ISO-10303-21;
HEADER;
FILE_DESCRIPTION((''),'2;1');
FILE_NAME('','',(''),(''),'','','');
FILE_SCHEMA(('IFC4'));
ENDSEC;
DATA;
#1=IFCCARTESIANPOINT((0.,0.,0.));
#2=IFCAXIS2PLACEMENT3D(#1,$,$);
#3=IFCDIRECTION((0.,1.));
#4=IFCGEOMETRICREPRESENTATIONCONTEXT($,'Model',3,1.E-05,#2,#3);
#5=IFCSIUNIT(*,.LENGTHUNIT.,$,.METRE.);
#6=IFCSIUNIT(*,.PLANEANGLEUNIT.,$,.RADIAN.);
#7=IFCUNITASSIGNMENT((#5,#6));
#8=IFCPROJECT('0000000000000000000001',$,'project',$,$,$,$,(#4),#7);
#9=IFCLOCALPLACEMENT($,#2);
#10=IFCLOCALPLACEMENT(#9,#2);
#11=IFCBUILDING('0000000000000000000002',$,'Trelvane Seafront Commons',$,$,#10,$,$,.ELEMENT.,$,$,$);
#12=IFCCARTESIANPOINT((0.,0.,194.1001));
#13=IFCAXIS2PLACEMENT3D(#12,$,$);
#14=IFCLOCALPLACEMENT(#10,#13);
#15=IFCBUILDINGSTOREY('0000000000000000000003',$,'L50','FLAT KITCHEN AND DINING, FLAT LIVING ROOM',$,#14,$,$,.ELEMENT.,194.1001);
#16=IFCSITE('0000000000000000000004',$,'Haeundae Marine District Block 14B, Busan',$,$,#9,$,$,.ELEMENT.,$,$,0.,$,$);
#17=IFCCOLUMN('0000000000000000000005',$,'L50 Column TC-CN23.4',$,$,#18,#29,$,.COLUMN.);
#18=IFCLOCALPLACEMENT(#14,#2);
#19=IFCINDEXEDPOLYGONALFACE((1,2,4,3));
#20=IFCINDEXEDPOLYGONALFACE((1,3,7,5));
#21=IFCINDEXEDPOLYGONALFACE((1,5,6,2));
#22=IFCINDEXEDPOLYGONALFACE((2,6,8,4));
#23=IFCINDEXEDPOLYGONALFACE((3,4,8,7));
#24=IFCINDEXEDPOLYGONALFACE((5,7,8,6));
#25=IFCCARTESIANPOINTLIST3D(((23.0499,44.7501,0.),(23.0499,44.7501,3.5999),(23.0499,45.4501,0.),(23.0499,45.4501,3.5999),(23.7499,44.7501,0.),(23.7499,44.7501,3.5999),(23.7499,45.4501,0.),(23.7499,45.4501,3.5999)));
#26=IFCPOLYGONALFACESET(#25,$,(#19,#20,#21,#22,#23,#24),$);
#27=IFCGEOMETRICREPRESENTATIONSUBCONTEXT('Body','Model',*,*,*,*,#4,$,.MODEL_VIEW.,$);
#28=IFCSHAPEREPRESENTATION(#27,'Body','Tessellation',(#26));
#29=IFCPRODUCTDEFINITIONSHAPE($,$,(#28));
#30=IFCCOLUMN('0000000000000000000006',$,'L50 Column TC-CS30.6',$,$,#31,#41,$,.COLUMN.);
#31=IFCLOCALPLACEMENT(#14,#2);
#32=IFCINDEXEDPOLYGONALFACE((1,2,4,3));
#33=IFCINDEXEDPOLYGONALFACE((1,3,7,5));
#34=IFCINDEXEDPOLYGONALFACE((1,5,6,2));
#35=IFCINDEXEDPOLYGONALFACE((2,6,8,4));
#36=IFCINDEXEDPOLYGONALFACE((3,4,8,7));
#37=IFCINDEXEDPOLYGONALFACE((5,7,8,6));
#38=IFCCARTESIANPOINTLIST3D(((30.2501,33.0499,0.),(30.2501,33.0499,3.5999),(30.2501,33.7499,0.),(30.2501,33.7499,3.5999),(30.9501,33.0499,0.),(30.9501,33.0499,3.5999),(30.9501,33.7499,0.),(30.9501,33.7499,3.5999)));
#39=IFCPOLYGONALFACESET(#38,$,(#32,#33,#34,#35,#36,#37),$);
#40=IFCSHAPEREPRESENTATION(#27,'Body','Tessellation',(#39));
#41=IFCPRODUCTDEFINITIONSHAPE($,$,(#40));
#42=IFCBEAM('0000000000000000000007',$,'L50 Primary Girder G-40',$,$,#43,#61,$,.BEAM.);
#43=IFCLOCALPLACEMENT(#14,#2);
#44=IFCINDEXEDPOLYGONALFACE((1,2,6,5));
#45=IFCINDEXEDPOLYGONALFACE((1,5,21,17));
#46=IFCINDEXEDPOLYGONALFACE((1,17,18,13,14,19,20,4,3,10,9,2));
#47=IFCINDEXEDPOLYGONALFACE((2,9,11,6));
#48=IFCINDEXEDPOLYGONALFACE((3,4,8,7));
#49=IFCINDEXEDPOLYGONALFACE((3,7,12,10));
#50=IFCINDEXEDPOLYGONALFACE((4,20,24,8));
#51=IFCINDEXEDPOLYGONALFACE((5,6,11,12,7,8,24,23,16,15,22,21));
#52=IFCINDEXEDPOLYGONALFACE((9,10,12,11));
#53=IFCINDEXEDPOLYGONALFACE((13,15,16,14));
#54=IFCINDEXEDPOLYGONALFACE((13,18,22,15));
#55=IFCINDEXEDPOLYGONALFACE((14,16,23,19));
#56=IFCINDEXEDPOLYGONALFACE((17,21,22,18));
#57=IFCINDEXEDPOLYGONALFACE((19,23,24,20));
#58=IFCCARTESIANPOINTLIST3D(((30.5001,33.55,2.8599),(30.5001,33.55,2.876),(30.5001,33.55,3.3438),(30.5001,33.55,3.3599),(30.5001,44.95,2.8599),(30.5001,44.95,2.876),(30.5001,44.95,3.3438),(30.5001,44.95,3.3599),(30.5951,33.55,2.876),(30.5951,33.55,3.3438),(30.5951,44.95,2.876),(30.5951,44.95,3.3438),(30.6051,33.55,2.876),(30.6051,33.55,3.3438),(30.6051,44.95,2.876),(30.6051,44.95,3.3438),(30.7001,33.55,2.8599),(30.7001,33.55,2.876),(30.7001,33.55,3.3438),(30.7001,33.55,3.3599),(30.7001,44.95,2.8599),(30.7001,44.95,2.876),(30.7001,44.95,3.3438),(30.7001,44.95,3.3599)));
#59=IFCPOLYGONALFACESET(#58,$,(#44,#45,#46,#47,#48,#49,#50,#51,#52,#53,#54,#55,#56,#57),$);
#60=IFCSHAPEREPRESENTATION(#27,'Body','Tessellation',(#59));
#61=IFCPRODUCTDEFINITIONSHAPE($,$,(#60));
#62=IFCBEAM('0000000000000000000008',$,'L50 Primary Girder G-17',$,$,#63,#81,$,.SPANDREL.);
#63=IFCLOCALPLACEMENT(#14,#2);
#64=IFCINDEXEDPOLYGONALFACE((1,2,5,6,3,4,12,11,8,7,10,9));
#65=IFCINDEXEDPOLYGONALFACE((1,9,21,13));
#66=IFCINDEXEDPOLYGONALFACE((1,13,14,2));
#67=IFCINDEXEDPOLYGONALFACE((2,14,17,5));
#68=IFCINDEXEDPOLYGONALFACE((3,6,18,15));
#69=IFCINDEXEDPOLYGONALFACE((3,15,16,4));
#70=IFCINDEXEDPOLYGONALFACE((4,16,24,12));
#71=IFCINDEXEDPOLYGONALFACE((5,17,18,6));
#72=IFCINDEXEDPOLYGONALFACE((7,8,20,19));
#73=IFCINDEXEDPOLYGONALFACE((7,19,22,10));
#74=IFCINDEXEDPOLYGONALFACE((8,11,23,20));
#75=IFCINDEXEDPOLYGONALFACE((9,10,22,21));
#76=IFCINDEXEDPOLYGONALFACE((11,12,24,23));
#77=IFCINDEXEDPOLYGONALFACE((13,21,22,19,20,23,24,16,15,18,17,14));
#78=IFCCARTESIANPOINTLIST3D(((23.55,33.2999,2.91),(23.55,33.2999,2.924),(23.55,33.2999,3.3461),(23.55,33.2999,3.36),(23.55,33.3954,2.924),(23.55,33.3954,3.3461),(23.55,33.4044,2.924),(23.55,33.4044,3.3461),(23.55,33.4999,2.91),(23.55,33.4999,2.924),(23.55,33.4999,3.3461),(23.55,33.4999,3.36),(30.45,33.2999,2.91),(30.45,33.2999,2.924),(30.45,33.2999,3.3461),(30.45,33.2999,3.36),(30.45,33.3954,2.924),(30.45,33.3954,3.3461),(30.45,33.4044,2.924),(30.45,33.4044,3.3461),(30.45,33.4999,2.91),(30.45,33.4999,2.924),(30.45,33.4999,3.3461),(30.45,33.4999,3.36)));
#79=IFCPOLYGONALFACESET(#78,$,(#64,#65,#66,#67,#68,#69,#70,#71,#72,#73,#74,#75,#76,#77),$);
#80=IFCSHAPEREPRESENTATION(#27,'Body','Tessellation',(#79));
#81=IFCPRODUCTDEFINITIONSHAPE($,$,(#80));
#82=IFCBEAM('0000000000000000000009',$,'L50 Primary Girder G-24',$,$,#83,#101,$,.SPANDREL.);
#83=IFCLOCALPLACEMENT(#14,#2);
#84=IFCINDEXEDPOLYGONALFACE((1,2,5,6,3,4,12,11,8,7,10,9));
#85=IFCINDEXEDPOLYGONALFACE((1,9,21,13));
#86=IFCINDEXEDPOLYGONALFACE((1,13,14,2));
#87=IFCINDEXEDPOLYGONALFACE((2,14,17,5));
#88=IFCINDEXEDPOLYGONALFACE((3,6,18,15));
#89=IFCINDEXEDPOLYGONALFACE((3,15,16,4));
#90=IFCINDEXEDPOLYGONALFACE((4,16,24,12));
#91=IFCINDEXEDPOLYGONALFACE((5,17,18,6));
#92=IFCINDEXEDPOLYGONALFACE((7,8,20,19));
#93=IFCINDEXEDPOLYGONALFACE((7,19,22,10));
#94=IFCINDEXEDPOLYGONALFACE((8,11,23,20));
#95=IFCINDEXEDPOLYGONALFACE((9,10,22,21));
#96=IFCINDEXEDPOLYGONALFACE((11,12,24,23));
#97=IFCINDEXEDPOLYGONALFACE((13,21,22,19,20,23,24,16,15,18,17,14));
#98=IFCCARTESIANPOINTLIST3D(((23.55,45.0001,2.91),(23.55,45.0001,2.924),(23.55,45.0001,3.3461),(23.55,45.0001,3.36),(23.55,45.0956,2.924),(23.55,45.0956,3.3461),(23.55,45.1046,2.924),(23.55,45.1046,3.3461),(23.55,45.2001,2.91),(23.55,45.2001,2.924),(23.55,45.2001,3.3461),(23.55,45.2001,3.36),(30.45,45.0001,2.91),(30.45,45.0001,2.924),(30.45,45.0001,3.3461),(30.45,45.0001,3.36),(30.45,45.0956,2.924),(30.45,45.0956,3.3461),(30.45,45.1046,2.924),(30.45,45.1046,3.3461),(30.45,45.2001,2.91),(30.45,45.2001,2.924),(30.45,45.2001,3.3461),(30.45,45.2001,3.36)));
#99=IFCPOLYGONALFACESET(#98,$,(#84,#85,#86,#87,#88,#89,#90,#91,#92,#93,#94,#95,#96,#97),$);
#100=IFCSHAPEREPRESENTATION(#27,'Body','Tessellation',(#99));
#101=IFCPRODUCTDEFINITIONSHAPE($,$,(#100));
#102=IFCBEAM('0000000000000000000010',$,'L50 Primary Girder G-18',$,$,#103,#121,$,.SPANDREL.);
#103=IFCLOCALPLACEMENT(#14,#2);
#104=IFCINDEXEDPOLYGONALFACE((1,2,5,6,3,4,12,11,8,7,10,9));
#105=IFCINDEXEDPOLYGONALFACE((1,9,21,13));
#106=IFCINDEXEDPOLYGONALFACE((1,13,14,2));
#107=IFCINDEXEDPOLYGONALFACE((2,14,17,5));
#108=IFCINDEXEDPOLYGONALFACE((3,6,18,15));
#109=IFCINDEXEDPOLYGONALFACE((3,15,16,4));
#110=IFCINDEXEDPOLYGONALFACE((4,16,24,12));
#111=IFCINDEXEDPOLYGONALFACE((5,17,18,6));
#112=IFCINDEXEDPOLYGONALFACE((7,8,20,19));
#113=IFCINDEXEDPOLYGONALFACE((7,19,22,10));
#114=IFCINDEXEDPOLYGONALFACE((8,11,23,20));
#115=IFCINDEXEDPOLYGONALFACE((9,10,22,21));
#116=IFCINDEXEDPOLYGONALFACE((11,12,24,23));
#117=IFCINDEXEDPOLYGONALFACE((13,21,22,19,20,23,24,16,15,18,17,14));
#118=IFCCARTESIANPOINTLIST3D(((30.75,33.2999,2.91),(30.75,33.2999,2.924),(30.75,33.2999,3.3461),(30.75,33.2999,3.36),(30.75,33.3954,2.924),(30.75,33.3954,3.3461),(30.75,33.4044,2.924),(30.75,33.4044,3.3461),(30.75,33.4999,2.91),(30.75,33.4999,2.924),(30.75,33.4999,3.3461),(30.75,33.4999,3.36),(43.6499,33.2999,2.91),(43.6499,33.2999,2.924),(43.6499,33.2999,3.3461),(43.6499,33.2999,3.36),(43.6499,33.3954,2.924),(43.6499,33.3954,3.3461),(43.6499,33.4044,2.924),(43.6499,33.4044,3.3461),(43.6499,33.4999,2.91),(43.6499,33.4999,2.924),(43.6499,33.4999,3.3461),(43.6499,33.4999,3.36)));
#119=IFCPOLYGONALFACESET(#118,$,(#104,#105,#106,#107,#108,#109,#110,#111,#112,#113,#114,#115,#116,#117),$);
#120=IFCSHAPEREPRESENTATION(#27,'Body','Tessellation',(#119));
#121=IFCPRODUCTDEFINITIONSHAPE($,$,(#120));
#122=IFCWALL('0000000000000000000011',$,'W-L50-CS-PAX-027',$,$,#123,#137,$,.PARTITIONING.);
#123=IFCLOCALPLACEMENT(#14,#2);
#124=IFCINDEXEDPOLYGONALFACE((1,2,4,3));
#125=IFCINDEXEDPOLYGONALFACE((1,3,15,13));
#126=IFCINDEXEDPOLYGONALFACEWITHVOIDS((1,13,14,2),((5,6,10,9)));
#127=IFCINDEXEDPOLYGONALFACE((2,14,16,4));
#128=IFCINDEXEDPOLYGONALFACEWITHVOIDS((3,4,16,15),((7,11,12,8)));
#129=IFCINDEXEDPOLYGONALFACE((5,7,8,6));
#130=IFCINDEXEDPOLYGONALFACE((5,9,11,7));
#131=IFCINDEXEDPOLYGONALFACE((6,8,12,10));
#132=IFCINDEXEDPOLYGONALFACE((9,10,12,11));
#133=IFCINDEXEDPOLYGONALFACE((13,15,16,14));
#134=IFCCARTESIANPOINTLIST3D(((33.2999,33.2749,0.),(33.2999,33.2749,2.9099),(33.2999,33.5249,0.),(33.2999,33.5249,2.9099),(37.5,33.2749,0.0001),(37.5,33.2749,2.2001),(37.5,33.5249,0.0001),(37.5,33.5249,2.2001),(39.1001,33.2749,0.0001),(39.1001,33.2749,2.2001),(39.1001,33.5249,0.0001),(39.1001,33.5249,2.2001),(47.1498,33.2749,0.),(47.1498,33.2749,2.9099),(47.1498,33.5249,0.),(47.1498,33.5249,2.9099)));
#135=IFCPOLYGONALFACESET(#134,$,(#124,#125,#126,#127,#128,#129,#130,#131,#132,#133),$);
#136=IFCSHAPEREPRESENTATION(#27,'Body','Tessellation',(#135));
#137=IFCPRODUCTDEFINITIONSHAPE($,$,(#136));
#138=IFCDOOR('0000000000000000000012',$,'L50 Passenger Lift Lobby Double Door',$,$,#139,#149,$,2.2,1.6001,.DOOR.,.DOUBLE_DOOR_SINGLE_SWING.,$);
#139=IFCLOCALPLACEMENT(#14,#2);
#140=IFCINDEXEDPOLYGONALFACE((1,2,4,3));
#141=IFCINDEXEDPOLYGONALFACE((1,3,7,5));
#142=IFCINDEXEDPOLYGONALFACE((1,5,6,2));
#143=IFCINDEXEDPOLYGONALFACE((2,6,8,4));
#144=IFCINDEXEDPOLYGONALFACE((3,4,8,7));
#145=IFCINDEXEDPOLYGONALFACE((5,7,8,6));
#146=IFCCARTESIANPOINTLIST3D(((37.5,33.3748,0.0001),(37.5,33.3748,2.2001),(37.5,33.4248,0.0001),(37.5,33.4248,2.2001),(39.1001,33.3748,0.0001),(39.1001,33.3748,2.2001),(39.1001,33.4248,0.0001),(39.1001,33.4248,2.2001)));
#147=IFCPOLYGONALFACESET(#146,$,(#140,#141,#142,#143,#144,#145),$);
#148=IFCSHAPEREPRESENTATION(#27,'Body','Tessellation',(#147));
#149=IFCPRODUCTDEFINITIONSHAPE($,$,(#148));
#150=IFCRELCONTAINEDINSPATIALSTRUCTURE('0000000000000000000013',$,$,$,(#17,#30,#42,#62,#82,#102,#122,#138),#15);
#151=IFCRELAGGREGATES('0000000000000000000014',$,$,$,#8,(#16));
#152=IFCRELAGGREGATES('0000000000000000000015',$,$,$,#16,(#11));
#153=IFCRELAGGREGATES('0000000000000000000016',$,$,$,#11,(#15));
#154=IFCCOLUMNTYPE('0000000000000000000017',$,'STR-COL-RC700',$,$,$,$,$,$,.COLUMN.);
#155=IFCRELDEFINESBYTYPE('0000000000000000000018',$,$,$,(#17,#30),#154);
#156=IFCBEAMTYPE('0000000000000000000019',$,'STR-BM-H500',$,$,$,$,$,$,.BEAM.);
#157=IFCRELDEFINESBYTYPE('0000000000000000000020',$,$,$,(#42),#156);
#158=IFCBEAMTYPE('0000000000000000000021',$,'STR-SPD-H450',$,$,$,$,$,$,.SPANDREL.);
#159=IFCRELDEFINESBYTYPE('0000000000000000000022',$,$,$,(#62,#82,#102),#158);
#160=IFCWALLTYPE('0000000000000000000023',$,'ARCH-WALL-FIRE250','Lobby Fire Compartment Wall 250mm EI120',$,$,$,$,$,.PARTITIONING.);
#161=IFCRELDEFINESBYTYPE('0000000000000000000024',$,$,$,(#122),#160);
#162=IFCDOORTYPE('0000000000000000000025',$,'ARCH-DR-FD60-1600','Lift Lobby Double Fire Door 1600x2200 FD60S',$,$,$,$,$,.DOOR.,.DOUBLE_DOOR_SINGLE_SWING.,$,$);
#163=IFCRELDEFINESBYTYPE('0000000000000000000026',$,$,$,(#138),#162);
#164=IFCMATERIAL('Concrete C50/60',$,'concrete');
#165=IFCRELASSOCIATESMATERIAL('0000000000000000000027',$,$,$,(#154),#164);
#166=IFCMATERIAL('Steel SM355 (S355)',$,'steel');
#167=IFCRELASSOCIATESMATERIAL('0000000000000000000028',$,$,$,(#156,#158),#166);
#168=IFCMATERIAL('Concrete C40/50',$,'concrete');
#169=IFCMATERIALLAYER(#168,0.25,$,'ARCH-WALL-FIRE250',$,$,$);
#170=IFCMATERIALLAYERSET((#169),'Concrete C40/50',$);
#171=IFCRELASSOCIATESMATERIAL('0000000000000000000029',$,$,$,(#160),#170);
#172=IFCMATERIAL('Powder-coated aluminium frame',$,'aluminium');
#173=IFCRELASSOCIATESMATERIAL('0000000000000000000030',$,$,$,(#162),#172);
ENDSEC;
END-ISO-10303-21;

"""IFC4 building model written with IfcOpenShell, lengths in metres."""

from ifc_helpers import new_model, si_unit, direction, frame, frame_2d, origin, origin_2d, place, context, subcontext, project, spatial, rectangle, i_section, extrude, source, transform, mapped, material, layer, layer_set, material_profile, profile_set, type_object, element, fill, save


model = new_model("IFC4")

# Units and contexts
model_context = context("Model", 3, precision=1e-05, world=origin(), true_north=direction((0.0, 1.0)))
body_context = subcontext(model_context, "Body", "Model", "MODEL_VIEW")
ifc_project = project(units=[si_unit("LENGTHUNIT", "METRE"), si_unit("PLANEANGLEUNIT", "RADIAN")], contexts=[model_context])

# Site, building, storey
site_placement = place(None, origin())
site = spatial("IfcSite", under=ifc_project, at=site_placement, Name="Haeundae Marine District Block 14B, Busan", CompositionType="ELEMENT", RefElevation=0.0)
building_placement = place(site_placement, origin())
building = spatial("IfcBuilding", under=site, at=building_placement, Name="Trelvane Seafront Commons", CompositionType="ELEMENT")
storey_placement = place(building_placement, frame((0.0, 0.0, 194.1001)))
storey = spatial("IfcBuildingStorey", under=building, at=storey_placement, Name="L50", Description="FLAT KITCHEN AND DINING, FLAT LIVING ROOM", CompositionType="ELEMENT", Elevation=194.1001)

# Columns
ifc_material_1 = material(Name="Concrete C50/60", Category="concrete")
ifc_material_profile_1 = material_profile(ifc_material_1, rectangle(XDim=0.7, YDim=0.7, at=origin_2d()), Name="RC-700x700")
ifc_profile_set_1 = profile_set([ifc_material_profile_1], Name="Concrete C50/60")
column_type = type_object("IfcColumnType", Name="STR-COL-RC700", PredefinedType="COLUMN", material=ifc_profile_set_1)
shared_shape_1 = source(origin(), body_context, "Body", "SweptSolid", [
    extrude(rectangle(XDim=0.7, YDim=0.7, at=origin_2d()), origin(), (0.0, 0.0, 1.0), 3.5999),
])
for number, where, z_axis, x_axis, name in (
    (1, (23.3999, 45.1001, 0.0), (0.0, 0.0, 1.0), (1.0, 0.0, 0.0), "L50 Column TC-CN23.4"),
    (2, (30.6001, 33.3999, 0.0), (0.0, 0.0, 1.0), (1.0, 0.0, 0.0), "L50 Column TC-CS30.6"),
):
    element("IfcColumn", number, at=place(storey_placement, frame(where, z_axis=z_axis, x_axis=x_axis)), inside=storey, type_object=column_type, Name=name, PredefinedType="COLUMN", context=body_context, shape_type="MappedRepresentation", body=[
        mapped(shared_shape_1, transform((0.0, 0.0, 0.0), x_axis=(1.0, 0.0, 0.0), y_axis=(0.0, 1.0, 0.0), z_axis=(0.0, 0.0, 1.0), scale=1.0)),
    ])

# Beams
ifc_material_2 = material(Name="Steel SM355 (S355)", Category="steel")
ifc_material_profile_2 = material_profile(ifc_material_2, i_section(OverallWidth=0.2, OverallDepth=0.5, WebThickness=0.01, FlangeThickness=0.0161, at=origin_2d()), Name="H-500x200x10x16")
ifc_profile_set_2 = profile_set([ifc_material_profile_2], Name="Steel SM355 (S355)")
beam_type_1 = type_object("IfcBeamType", Name="STR-BM-H500", PredefinedType="BEAM", material=ifc_profile_set_2)
shared_shape_2 = source(origin(), body_context, "Body", "SweptSolid", [
    extrude(i_section(OverallWidth=0.2, OverallDepth=0.5, WebThickness=0.01, FlangeThickness=0.0161, at=origin_2d()), origin(), (0.0, 0.0, 1.0), 11.3999),
])
beam_1_placement = place(storey_placement, frame((30.6001, 33.55, 3.1099), z_axis=(0.0, 1.0, 0.0), x_axis=(-1.0, 0.0, 0.0)))
element("IfcBeam", 3, at=beam_1_placement, inside=storey, type_object=beam_type_1, Name="L50 Primary Girder G-40", PredefinedType="BEAM", context=body_context, shape_type="MappedRepresentation", body=[
    mapped(shared_shape_2, transform((0.0, 0.0, 0.0), x_axis=(1.0, 0.0, 0.0), y_axis=(0.0, 1.0, 0.0), z_axis=(0.0, 0.0, 1.0), scale=1.0)),
])
ifc_material_profile_3 = material_profile(ifc_material_2, i_section(OverallWidth=0.2, OverallDepth=0.45, WebThickness=0.009, FlangeThickness=0.0139, at=origin_2d()), Name="H-450x200x9x14")
ifc_profile_set_3 = profile_set([ifc_material_profile_3], Name="Steel SM355 (S355)")
beam_type_2 = type_object("IfcBeamType", Name="STR-SPD-H450", PredefinedType="SPANDREL", material=ifc_profile_set_3)
shared_shape_3 = source(origin(), body_context, "Body", "SweptSolid", [
    extrude(i_section(OverallWidth=0.2, OverallDepth=0.45, WebThickness=0.009, FlangeThickness=0.0139, at=origin_2d()), origin(), (0.0, 0.0, 1.0), 6.8999),
])
for number, where, z_axis, x_axis, name in (
    (4, (23.55, 33.3999, 3.135), (1.0, 0.0, 0.0), (0.0, 1.0, 0.0), "L50 Primary Girder G-17"),
    (5, (23.55, 45.1001, 3.135), (1.0, 0.0, 0.0), (0.0, 1.0, 0.0), "L50 Primary Girder G-24"),
):
    element("IfcBeam", number, at=place(storey_placement, frame(where, z_axis=z_axis, x_axis=x_axis)), inside=storey, type_object=beam_type_2, Name=name, PredefinedType="SPANDREL", context=body_context, shape_type="MappedRepresentation", body=[
        mapped(shared_shape_3, transform((0.0, 0.0, 0.0), x_axis=(1.0, 0.0, 0.0), y_axis=(0.0, 1.0, 0.0), z_axis=(0.0, 0.0, 1.0), scale=1.0)),
    ])
shared_shape_4 = source(origin(), body_context, "Body", "SweptSolid", [
    extrude(i_section(OverallWidth=0.2, OverallDepth=0.45, WebThickness=0.009, FlangeThickness=0.0139, at=origin_2d()), origin(), (0.0, 0.0, 1.0), 12.8999),
])
beam_2_placement = place(storey_placement, frame((30.75, 33.3999, 3.135), z_axis=(1.0, 0.0, 0.0), x_axis=(0.0, 1.0, 0.0)))
element("IfcBeam", 6, at=beam_2_placement, inside=storey, type_object=beam_type_2, Name="L50 Primary Girder G-18", PredefinedType="SPANDREL", context=body_context, shape_type="MappedRepresentation", body=[
    mapped(shared_shape_4, transform((0.0, 0.0, 0.0), x_axis=(1.0, 0.0, 0.0), y_axis=(0.0, 1.0, 0.0), z_axis=(0.0, 0.0, 1.0), scale=1.0)),
])

# Wall, opening, door
ifc_material_3 = material(Name="Concrete C40/50", Category="concrete")
ifc_layer_1 = layer(ifc_material_3, 0.25, Name="ARCH-WALL-FIRE250")
ifc_layer_set_1 = layer_set([ifc_layer_1], Name="Concrete C40/50")
wall_type_1 = type_object("IfcWallType", Name="ARCH-WALL-FIRE250", Description="Lobby Fire Compartment Wall 250mm EI120", PredefinedType="PARTITIONING", material=ifc_layer_set_1)
wall_1_placement = place(storey_placement, frame((33.3, 33.3999, 0.0), z_axis=(0.0, 0.0, 1.0), x_axis=(1.0, 0.0, 0.0)))
wall_1 = element("IfcWall", 7, at=wall_1_placement, inside=storey, type_object=wall_type_1, Name="W-L50-CS-PAX-027", PredefinedType="PARTITIONING", context=body_context, shape_type="SweptSolid", body=[
    extrude(rectangle(XDim=13.8499, YDim=0.25, at=frame_2d((6.9248, 0.0))), origin(), (0.0, 0.0, 1.0), 2.9099),
])
opening_1_placement = place(wall_1_placement, frame((4.2, 0.0, 0.0)))
opening_1 = element("IfcOpeningElement", 8, at=opening_1_placement, cuts=wall_1, PredefinedType="OPENING", context=body_context, shape_type="SweptSolid", body=[
    extrude(rectangle(XDim=1.6001, YDim=2.2, at=frame_2d((0.8, 1.1001))), frame((0.0, 0.135, 0.0), z_axis=(0.0, -1.0, 0.0), x_axis=(1.0, 0.0, 0.0)), (0.0, 0.0, 1.0), 0.27),
])
ifc_material_4 = material(Name="Powder-coated aluminium frame", Category="aluminium")
door_type_1 = type_object("IfcDoorType", Name="ARCH-DR-FD60-1600", Description="Lift Lobby Double Fire Door 1600x2200 FD60S", OperationType="DOUBLE_DOOR_SINGLE_SWING", PredefinedType="DOOR", material=ifc_material_4)
shared_shape_5 = source(origin(), body_context, "Body", "SweptSolid", [
    extrude(rectangle(XDim=1.6001, YDim=2.2, at=frame_2d((0.8, 1.1001))), frame((0.0, 0.0249, 0.0), z_axis=(0.0, -1.0, 0.0), x_axis=(1.0, 0.0, 0.0)), (0.0, 0.0, 1.0), 0.05),
])
door_1_placement = place(opening_1_placement, origin())
door_1 = element("IfcDoor", 9, at=door_1_placement, inside=storey, type_object=door_type_1, Name="L50 Passenger Lift Lobby Double Door", OperationType="DOUBLE_DOOR_SINGLE_SWING", OverallHeight=2.2, OverallWidth=1.6001, PredefinedType="DOOR", context=body_context, shape_type="MappedRepresentation", body=[
    mapped(shared_shape_5, transform((0.0, 0.0, 0.0), x_axis=(1.0, 0.0, 0.0), y_axis=(0.0, 1.0, 0.0), z_axis=(0.0, 0.0, 1.0), scale=1.0)),
])
fill(opening_1, door_1)

save(model, "model.ifc")
